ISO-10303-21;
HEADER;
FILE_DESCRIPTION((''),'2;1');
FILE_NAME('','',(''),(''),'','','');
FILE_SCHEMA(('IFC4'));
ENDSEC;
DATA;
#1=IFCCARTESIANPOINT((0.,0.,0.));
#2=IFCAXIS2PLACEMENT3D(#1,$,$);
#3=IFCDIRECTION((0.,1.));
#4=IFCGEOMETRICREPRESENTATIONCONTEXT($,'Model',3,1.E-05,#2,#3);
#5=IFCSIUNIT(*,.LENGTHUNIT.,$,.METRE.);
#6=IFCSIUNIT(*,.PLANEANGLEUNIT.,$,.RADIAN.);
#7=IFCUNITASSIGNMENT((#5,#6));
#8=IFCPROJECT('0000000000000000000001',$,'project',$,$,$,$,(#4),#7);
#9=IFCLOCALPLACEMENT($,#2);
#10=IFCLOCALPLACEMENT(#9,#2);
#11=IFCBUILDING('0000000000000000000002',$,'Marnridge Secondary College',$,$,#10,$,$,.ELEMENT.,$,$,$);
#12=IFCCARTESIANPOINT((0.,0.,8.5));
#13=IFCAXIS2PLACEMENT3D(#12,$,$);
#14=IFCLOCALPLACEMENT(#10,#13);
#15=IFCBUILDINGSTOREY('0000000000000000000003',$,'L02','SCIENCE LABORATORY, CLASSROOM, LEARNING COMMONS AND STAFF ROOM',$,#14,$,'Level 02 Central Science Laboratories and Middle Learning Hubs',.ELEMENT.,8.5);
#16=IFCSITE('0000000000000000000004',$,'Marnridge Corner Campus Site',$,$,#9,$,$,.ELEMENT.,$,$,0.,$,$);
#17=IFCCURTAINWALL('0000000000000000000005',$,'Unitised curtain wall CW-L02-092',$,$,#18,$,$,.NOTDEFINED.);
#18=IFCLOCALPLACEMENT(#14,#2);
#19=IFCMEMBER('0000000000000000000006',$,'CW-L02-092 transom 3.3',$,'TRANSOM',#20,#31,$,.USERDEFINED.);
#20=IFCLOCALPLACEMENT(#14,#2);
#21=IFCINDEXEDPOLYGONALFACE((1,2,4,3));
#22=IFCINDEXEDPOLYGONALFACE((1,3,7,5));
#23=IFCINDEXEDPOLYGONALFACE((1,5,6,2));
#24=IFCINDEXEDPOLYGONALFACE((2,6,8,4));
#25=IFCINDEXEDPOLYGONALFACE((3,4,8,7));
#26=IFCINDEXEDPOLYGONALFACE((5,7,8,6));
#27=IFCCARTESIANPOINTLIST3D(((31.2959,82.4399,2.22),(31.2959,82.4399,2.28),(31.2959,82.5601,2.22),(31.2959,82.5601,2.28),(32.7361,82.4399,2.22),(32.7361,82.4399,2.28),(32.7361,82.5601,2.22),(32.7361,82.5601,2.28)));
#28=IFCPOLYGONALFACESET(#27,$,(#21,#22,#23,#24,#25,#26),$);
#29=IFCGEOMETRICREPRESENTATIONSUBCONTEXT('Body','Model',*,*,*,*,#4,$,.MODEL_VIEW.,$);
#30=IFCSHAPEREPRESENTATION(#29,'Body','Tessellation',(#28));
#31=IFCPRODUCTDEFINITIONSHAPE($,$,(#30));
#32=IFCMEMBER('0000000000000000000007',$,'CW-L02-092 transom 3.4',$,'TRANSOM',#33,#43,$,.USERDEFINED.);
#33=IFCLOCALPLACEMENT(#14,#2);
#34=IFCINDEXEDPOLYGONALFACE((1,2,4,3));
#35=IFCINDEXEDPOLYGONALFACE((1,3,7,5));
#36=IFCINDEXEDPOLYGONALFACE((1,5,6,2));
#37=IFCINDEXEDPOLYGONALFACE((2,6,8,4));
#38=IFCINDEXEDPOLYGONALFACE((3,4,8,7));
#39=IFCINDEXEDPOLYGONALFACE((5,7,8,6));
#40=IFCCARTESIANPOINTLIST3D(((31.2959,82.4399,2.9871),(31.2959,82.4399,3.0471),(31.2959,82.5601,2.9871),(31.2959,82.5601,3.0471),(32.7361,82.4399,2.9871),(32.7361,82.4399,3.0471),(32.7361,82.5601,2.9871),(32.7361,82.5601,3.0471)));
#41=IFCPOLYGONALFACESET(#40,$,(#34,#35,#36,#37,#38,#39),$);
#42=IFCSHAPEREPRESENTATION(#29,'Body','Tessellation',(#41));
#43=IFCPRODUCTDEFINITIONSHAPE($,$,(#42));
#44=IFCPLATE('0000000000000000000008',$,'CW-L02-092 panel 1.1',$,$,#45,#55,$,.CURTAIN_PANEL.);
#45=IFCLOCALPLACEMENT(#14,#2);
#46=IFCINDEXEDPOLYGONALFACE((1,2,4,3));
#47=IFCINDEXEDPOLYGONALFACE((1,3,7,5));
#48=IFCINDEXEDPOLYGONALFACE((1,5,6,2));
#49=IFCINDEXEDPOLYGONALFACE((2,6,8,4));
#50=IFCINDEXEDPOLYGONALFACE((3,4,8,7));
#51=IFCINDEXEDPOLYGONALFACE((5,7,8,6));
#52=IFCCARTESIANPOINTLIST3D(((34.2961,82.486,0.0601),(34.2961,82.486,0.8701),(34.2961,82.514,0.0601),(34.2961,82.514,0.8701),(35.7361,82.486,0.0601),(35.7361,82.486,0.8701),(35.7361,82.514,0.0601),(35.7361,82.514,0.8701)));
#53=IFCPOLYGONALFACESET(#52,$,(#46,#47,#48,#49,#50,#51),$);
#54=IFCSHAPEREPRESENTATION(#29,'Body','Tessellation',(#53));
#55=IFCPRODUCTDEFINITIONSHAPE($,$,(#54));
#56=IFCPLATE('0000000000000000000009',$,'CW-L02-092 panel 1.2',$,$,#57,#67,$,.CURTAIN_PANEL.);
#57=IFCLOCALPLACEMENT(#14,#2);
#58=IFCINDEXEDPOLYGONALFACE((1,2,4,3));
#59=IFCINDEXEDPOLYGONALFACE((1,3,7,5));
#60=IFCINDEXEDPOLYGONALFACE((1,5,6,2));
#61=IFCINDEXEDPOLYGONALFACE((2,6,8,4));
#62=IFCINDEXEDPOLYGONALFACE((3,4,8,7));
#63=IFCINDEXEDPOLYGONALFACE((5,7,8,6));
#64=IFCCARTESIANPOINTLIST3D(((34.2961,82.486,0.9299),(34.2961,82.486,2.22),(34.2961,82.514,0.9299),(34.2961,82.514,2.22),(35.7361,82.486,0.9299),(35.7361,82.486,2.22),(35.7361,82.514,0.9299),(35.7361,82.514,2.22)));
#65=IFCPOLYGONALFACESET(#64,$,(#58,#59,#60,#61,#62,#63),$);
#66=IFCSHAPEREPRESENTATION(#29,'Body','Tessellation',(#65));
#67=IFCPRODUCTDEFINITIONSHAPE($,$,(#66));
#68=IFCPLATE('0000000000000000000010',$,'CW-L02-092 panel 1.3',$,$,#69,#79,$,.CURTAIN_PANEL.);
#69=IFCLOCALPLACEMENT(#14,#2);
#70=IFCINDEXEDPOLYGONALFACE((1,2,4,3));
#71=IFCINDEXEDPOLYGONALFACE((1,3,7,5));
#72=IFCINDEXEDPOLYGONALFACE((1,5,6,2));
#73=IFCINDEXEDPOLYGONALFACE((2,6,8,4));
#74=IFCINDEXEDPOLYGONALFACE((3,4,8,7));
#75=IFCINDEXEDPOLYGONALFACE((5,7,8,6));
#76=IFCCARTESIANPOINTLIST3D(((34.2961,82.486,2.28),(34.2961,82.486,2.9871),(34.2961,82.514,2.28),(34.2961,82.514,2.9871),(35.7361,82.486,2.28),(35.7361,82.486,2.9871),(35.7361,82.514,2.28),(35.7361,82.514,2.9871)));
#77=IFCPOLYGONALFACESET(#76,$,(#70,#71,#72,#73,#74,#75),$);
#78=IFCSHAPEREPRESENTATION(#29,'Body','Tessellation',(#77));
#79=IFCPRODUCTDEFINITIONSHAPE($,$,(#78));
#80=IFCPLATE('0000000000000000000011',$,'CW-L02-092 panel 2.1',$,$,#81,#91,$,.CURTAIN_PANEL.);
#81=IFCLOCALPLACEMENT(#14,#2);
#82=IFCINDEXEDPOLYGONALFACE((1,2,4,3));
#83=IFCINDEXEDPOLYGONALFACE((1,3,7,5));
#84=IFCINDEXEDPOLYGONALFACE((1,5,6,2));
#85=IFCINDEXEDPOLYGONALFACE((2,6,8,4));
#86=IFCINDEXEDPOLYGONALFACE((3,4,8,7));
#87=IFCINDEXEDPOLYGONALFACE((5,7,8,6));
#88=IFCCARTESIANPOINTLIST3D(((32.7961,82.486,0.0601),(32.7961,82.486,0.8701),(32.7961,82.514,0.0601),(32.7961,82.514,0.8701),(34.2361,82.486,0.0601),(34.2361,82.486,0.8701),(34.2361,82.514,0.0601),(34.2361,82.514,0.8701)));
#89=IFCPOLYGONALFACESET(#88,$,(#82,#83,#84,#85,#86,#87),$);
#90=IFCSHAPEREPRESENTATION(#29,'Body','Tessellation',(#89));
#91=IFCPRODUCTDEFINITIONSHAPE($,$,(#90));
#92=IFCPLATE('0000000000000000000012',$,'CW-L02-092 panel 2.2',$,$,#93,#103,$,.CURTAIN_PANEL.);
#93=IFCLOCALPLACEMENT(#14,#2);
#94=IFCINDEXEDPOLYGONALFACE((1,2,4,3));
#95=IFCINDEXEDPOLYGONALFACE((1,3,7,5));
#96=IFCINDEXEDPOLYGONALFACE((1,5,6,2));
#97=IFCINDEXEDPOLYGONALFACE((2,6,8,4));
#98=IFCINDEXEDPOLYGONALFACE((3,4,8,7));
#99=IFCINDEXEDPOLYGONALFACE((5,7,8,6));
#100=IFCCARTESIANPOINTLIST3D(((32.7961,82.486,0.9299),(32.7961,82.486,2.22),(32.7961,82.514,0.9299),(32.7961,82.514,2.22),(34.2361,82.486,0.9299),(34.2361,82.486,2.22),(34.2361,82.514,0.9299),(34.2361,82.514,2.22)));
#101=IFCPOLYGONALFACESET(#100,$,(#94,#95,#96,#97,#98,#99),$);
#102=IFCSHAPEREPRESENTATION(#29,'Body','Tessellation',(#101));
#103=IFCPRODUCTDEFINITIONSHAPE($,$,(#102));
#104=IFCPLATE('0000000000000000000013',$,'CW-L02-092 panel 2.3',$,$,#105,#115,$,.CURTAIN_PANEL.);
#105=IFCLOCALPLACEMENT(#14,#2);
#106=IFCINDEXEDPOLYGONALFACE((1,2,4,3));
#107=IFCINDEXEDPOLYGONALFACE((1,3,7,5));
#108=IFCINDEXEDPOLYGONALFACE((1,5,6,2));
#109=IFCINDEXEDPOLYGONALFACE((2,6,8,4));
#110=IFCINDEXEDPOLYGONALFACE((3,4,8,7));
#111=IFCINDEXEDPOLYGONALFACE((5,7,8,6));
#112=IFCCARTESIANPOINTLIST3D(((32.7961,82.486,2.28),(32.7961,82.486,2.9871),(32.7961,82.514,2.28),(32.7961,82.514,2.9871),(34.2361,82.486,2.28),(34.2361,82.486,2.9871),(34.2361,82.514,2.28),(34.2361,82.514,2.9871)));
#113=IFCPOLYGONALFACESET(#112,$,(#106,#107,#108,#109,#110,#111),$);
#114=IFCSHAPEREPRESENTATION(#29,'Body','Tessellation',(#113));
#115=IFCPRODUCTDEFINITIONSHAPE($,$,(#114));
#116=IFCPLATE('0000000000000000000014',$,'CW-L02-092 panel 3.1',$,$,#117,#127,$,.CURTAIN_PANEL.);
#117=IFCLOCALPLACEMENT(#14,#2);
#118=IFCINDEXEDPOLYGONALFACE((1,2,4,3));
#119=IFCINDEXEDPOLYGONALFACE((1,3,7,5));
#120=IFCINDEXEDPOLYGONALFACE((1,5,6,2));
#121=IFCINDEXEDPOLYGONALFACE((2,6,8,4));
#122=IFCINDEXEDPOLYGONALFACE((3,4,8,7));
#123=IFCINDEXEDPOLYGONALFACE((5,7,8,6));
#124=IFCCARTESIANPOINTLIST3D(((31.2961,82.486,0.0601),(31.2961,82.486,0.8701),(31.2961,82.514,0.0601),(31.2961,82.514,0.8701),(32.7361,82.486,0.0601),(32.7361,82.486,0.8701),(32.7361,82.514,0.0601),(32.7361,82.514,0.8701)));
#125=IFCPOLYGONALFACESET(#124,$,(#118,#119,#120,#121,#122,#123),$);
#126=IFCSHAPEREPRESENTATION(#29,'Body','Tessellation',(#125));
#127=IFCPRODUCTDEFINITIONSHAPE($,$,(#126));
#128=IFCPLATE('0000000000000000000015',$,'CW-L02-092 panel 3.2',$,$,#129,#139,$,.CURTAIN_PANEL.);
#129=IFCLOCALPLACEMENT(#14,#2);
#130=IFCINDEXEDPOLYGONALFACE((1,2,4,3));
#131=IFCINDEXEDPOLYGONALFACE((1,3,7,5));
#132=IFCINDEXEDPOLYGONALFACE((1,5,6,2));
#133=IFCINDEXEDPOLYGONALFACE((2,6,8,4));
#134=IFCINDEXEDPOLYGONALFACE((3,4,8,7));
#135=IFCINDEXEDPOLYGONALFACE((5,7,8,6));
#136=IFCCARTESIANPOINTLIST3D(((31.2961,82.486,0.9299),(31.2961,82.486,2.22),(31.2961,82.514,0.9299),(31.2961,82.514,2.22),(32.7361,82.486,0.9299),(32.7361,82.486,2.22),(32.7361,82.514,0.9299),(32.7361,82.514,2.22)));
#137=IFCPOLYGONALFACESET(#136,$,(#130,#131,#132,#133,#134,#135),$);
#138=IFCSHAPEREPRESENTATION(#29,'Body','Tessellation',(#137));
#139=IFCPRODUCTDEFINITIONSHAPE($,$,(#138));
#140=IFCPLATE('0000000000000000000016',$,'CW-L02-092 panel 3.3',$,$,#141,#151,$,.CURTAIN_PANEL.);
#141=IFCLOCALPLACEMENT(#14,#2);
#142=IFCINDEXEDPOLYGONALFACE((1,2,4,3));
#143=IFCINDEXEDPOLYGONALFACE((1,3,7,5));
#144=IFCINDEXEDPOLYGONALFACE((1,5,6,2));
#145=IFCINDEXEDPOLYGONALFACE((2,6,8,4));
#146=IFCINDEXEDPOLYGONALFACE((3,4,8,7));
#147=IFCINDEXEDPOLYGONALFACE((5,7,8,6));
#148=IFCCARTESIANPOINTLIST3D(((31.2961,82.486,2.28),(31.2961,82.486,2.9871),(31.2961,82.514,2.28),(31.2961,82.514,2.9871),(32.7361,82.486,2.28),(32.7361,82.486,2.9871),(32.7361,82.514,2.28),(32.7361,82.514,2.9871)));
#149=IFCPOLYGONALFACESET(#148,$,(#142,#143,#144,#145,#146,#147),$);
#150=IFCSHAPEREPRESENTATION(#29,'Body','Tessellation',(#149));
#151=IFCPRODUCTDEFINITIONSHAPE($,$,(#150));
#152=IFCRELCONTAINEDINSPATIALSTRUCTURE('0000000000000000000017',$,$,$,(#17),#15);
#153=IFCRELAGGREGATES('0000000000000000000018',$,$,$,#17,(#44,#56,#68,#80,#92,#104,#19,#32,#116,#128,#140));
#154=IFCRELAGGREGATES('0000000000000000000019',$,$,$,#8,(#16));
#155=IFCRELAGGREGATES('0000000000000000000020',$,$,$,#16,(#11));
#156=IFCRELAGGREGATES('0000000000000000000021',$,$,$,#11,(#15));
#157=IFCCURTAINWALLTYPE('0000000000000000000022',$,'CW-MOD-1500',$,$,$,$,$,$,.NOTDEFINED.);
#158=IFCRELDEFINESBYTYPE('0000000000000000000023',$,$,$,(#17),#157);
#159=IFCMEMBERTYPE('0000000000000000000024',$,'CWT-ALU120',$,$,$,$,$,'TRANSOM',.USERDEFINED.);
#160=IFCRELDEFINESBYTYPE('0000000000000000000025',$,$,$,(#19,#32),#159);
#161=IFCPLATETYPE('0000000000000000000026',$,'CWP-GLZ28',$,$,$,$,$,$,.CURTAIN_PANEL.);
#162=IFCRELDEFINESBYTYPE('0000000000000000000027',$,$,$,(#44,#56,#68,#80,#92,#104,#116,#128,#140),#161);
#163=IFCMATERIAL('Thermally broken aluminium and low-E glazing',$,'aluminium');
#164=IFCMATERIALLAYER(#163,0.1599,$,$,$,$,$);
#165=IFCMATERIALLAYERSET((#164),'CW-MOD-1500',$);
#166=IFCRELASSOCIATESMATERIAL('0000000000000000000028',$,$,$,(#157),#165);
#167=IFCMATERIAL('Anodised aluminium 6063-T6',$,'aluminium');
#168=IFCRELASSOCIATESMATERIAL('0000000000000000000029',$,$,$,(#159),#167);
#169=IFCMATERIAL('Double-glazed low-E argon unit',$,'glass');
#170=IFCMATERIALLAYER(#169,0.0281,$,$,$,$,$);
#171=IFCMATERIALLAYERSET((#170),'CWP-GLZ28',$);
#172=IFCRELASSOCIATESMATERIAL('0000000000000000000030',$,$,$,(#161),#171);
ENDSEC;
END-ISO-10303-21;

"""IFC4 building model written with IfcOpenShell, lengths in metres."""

from ifc_helpers import new_model, si_unit, direction, frame, origin, origin_2d, place, context, subcontext, project, spatial, rectangle, extrude, material, layer, layer_set, material_profile, profile_set, type_object, element, aggregate, save


model = new_model("IFC4")

# Units and contexts
model_context = context("Model", 3, precision=1e-05, world=origin(), true_north=direction((0.0, 1.0)))
body_context = subcontext(model_context, "Body", "Model", "MODEL_VIEW")
ifc_project = project(units=[si_unit("LENGTHUNIT", "METRE"), si_unit("PLANEANGLEUNIT", "RADIAN")], contexts=[model_context])

# Site, building, storey
site_placement = place(None, origin())
site = spatial("IfcSite", under=ifc_project, at=site_placement, Name="Marnridge Corner Campus Site", CompositionType="ELEMENT", RefElevation=0.0)
building_placement = place(site_placement, origin())
building = spatial("IfcBuilding", under=site, at=building_placement, Name="Marnridge Secondary College", CompositionType="ELEMENT")
storey_placement = place(building_placement, frame((0.0, 0.0, 8.5)))
storey = spatial("IfcBuildingStorey", under=building, at=storey_placement, Name="L02", Description="SCIENCE LABORATORY, CLASSROOM, LEARNING COMMONS AND STAFF ROOM", LongName="Level 02 Central Science Laboratories and Middle Learning Hubs", CompositionType="ELEMENT", Elevation=8.5)

# Curtain wall, members, plates
ifc_material_1 = material(Name="Thermally broken aluminium and low-E glazing", Category="aluminium")
ifc_layer_1 = layer(ifc_material_1, 0.1599)
ifc_layer_set_1 = layer_set([ifc_layer_1], Name="CW-MOD-1500")
curtain_wall_type = type_object("IfcCurtainWallType", Name="CW-MOD-1500", PredefinedType="NOTDEFINED", material=ifc_layer_set_1)
curtain_wall_placement = place(storey_placement, origin())
curtain_wall = element("IfcCurtainWall", 1, at=curtain_wall_placement, inside=storey, type_object=curtain_wall_type, Name="Unitised curtain wall CW-L02-092", PredefinedType="NOTDEFINED")
ifc_material_2 = material(Name="Anodised aluminium 6063-T6", Category="aluminium")
ifc_material_profile_1 = material_profile(ifc_material_2, rectangle(XDim=0.0601, YDim=0.1201, at=origin_2d()), Name="ALU 60x120")
ifc_profile_set_1 = profile_set([ifc_material_profile_1], Name="Anodised aluminium 6063-T6")
member_type_1 = type_object("IfcMemberType", Name="CWT-ALU120", ElementType="TRANSOM", PredefinedType="USERDEFINED", material=ifc_profile_set_1)
member_1_placement = place(storey_placement, frame((32.7361, 82.5, 2.25), z_axis=(-1.0, 0.0, 0.0), x_axis=(0.0, 0.0, 1.0)))
member_1 = element("IfcMember", 2, at=member_1_placement, type_object=member_type_1, Name="CW-L02-092 transom 3.3", ObjectType="TRANSOM", PredefinedType="USERDEFINED", context=body_context, shape_type="SweptSolid", body=[
    extrude(rectangle(XDim=0.0601, YDim=0.1201, at=origin_2d()), origin(), (0.0, 0.0, 1.0), 1.4402),
])
member_2_placement = place(storey_placement, frame((32.7361, 82.5, 3.0171), z_axis=(-1.0, 0.0, 0.0), x_axis=(0.0, 0.0, 1.0)))
member_2 = element("IfcMember", 3, at=member_2_placement, type_object=member_type_1, Name="CW-L02-092 transom 3.4", ObjectType="TRANSOM", PredefinedType="USERDEFINED", context=body_context, shape_type="SweptSolid", body=[
    extrude(rectangle(XDim=0.0601, YDim=0.1201, at=origin_2d()), origin(), (0.0, 0.0, 1.0), 1.4402),
])
ifc_material_3 = material(Name="Double-glazed low-E argon unit", Category="glass")
ifc_layer_2 = layer(ifc_material_3, 0.0281)
ifc_layer_set_2 = layer_set([ifc_layer_2], Name="CWP-GLZ28")
plate_type = type_object("IfcPlateType", Name="CWP-GLZ28", PredefinedType="CURTAIN_PANEL", material=ifc_layer_set_2)
plate_1_placement = place(storey_placement, frame((35.0161, 82.5, 0.0601), z_axis=(0.0, 0.0, 1.0), x_axis=(-1.0, 0.0, 0.0)))
plate_1 = element("IfcPlate", 4, at=plate_1_placement, type_object=plate_type, Name="CW-L02-092 panel 1.1", PredefinedType="CURTAIN_PANEL", context=body_context, shape_type="SweptSolid", body=[
    extrude(rectangle(XDim=1.4399, YDim=0.0281, at=origin_2d()), origin(), (0.0, 0.0, 1.0), 0.8101),
])
plate_2_placement = place(storey_placement, frame((35.0161, 82.5, 0.9299), z_axis=(0.0, 0.0, 1.0), x_axis=(-1.0, 0.0, 0.0)))
plate_2 = element("IfcPlate", 5, at=plate_2_placement, type_object=plate_type, Name="CW-L02-092 panel 1.2", PredefinedType="CURTAIN_PANEL", context=body_context, shape_type="SweptSolid", body=[
    extrude(rectangle(XDim=1.4399, YDim=0.0281, at=origin_2d()), origin(), (0.0, 0.0, 1.0), 1.29),
])
plate_3_placement = place(storey_placement, frame((35.0161, 82.5, 2.28), z_axis=(0.0, 0.0, 1.0), x_axis=(-1.0, 0.0, 0.0)))
plate_3 = element("IfcPlate", 6, at=plate_3_placement, type_object=plate_type, Name="CW-L02-092 panel 1.3", PredefinedType="CURTAIN_PANEL", context=body_context, shape_type="SweptSolid", body=[
    extrude(rectangle(XDim=1.4399, YDim=0.0281, at=origin_2d()), origin(), (0.0, 0.0, 1.0), 0.707),
])
plate_4_placement = place(storey_placement, frame((33.5161, 82.5, 0.0601), z_axis=(0.0, 0.0, 1.0), x_axis=(-1.0, 0.0, 0.0)))
plate_4 = element("IfcPlate", 7, at=plate_4_placement, type_object=plate_type, Name="CW-L02-092 panel 2.1", PredefinedType="CURTAIN_PANEL", context=body_context, shape_type="SweptSolid", body=[
    extrude(rectangle(XDim=1.4399, YDim=0.0281, at=origin_2d()), origin(), (0.0, 0.0, 1.0), 0.8101),
])
plate_5_placement = place(storey_placement, frame((33.5161, 82.5, 0.9299), z_axis=(0.0, 0.0, 1.0), x_axis=(-1.0, 0.0, 0.0)))
plate_5 = element("IfcPlate", 8, at=plate_5_placement, type_object=plate_type, Name="CW-L02-092 panel 2.2", PredefinedType="CURTAIN_PANEL", context=body_context, shape_type="SweptSolid", body=[
    extrude(rectangle(XDim=1.4399, YDim=0.0281, at=origin_2d()), origin(), (0.0, 0.0, 1.0), 1.29),
])
plate_6_placement = place(storey_placement, frame((33.5161, 82.5, 2.28), z_axis=(0.0, 0.0, 1.0), x_axis=(-1.0, 0.0, 0.0)))
plate_6 = element("IfcPlate", 9, at=plate_6_placement, type_object=plate_type, Name="CW-L02-092 panel 2.3", PredefinedType="CURTAIN_PANEL", context=body_context, shape_type="SweptSolid", body=[
    extrude(rectangle(XDim=1.4399, YDim=0.0281, at=origin_2d()), origin(), (0.0, 0.0, 1.0), 0.707),
])
plate_7_placement = place(storey_placement, frame((32.0161, 82.5, 0.0601), z_axis=(0.0, 0.0, 1.0), x_axis=(-1.0, 0.0, 0.0)))
plate_7 = element("IfcPlate", 10, at=plate_7_placement, type_object=plate_type, Name="CW-L02-092 panel 3.1", PredefinedType="CURTAIN_PANEL", context=body_context, shape_type="SweptSolid", body=[
    extrude(rectangle(XDim=1.4399, YDim=0.0281, at=origin_2d()), origin(), (0.0, 0.0, 1.0), 0.8101),
])
plate_8_placement = place(storey_placement, frame((32.0161, 82.5, 0.9299), z_axis=(0.0, 0.0, 1.0), x_axis=(-1.0, 0.0, 0.0)))
plate_8 = element("IfcPlate", 11, at=plate_8_placement, type_object=plate_type, Name="CW-L02-092 panel 3.2", PredefinedType="CURTAIN_PANEL", context=body_context, shape_type="SweptSolid", body=[
    extrude(rectangle(XDim=1.4399, YDim=0.0281, at=origin_2d()), origin(), (0.0, 0.0, 1.0), 1.29),
])
plate_9_placement = place(storey_placement, frame((32.0161, 82.5, 2.28), z_axis=(0.0, 0.0, 1.0), x_axis=(-1.0, 0.0, 0.0)))
plate_9 = element("IfcPlate", 12, at=plate_9_placement, type_object=plate_type, Name="CW-L02-092 panel 3.3", PredefinedType="CURTAIN_PANEL", context=body_context, shape_type="SweptSolid", body=[
    extrude(rectangle(XDim=1.4399, YDim=0.0281, at=origin_2d()), origin(), (0.0, 0.0, 1.0), 0.707),
])
aggregate(curtain_wall, [plate_1, plate_2, plate_3, plate_4, plate_5, plate_6, member_1, member_2, plate_7, plate_8, plate_9])

save(model, "model.ifc")
